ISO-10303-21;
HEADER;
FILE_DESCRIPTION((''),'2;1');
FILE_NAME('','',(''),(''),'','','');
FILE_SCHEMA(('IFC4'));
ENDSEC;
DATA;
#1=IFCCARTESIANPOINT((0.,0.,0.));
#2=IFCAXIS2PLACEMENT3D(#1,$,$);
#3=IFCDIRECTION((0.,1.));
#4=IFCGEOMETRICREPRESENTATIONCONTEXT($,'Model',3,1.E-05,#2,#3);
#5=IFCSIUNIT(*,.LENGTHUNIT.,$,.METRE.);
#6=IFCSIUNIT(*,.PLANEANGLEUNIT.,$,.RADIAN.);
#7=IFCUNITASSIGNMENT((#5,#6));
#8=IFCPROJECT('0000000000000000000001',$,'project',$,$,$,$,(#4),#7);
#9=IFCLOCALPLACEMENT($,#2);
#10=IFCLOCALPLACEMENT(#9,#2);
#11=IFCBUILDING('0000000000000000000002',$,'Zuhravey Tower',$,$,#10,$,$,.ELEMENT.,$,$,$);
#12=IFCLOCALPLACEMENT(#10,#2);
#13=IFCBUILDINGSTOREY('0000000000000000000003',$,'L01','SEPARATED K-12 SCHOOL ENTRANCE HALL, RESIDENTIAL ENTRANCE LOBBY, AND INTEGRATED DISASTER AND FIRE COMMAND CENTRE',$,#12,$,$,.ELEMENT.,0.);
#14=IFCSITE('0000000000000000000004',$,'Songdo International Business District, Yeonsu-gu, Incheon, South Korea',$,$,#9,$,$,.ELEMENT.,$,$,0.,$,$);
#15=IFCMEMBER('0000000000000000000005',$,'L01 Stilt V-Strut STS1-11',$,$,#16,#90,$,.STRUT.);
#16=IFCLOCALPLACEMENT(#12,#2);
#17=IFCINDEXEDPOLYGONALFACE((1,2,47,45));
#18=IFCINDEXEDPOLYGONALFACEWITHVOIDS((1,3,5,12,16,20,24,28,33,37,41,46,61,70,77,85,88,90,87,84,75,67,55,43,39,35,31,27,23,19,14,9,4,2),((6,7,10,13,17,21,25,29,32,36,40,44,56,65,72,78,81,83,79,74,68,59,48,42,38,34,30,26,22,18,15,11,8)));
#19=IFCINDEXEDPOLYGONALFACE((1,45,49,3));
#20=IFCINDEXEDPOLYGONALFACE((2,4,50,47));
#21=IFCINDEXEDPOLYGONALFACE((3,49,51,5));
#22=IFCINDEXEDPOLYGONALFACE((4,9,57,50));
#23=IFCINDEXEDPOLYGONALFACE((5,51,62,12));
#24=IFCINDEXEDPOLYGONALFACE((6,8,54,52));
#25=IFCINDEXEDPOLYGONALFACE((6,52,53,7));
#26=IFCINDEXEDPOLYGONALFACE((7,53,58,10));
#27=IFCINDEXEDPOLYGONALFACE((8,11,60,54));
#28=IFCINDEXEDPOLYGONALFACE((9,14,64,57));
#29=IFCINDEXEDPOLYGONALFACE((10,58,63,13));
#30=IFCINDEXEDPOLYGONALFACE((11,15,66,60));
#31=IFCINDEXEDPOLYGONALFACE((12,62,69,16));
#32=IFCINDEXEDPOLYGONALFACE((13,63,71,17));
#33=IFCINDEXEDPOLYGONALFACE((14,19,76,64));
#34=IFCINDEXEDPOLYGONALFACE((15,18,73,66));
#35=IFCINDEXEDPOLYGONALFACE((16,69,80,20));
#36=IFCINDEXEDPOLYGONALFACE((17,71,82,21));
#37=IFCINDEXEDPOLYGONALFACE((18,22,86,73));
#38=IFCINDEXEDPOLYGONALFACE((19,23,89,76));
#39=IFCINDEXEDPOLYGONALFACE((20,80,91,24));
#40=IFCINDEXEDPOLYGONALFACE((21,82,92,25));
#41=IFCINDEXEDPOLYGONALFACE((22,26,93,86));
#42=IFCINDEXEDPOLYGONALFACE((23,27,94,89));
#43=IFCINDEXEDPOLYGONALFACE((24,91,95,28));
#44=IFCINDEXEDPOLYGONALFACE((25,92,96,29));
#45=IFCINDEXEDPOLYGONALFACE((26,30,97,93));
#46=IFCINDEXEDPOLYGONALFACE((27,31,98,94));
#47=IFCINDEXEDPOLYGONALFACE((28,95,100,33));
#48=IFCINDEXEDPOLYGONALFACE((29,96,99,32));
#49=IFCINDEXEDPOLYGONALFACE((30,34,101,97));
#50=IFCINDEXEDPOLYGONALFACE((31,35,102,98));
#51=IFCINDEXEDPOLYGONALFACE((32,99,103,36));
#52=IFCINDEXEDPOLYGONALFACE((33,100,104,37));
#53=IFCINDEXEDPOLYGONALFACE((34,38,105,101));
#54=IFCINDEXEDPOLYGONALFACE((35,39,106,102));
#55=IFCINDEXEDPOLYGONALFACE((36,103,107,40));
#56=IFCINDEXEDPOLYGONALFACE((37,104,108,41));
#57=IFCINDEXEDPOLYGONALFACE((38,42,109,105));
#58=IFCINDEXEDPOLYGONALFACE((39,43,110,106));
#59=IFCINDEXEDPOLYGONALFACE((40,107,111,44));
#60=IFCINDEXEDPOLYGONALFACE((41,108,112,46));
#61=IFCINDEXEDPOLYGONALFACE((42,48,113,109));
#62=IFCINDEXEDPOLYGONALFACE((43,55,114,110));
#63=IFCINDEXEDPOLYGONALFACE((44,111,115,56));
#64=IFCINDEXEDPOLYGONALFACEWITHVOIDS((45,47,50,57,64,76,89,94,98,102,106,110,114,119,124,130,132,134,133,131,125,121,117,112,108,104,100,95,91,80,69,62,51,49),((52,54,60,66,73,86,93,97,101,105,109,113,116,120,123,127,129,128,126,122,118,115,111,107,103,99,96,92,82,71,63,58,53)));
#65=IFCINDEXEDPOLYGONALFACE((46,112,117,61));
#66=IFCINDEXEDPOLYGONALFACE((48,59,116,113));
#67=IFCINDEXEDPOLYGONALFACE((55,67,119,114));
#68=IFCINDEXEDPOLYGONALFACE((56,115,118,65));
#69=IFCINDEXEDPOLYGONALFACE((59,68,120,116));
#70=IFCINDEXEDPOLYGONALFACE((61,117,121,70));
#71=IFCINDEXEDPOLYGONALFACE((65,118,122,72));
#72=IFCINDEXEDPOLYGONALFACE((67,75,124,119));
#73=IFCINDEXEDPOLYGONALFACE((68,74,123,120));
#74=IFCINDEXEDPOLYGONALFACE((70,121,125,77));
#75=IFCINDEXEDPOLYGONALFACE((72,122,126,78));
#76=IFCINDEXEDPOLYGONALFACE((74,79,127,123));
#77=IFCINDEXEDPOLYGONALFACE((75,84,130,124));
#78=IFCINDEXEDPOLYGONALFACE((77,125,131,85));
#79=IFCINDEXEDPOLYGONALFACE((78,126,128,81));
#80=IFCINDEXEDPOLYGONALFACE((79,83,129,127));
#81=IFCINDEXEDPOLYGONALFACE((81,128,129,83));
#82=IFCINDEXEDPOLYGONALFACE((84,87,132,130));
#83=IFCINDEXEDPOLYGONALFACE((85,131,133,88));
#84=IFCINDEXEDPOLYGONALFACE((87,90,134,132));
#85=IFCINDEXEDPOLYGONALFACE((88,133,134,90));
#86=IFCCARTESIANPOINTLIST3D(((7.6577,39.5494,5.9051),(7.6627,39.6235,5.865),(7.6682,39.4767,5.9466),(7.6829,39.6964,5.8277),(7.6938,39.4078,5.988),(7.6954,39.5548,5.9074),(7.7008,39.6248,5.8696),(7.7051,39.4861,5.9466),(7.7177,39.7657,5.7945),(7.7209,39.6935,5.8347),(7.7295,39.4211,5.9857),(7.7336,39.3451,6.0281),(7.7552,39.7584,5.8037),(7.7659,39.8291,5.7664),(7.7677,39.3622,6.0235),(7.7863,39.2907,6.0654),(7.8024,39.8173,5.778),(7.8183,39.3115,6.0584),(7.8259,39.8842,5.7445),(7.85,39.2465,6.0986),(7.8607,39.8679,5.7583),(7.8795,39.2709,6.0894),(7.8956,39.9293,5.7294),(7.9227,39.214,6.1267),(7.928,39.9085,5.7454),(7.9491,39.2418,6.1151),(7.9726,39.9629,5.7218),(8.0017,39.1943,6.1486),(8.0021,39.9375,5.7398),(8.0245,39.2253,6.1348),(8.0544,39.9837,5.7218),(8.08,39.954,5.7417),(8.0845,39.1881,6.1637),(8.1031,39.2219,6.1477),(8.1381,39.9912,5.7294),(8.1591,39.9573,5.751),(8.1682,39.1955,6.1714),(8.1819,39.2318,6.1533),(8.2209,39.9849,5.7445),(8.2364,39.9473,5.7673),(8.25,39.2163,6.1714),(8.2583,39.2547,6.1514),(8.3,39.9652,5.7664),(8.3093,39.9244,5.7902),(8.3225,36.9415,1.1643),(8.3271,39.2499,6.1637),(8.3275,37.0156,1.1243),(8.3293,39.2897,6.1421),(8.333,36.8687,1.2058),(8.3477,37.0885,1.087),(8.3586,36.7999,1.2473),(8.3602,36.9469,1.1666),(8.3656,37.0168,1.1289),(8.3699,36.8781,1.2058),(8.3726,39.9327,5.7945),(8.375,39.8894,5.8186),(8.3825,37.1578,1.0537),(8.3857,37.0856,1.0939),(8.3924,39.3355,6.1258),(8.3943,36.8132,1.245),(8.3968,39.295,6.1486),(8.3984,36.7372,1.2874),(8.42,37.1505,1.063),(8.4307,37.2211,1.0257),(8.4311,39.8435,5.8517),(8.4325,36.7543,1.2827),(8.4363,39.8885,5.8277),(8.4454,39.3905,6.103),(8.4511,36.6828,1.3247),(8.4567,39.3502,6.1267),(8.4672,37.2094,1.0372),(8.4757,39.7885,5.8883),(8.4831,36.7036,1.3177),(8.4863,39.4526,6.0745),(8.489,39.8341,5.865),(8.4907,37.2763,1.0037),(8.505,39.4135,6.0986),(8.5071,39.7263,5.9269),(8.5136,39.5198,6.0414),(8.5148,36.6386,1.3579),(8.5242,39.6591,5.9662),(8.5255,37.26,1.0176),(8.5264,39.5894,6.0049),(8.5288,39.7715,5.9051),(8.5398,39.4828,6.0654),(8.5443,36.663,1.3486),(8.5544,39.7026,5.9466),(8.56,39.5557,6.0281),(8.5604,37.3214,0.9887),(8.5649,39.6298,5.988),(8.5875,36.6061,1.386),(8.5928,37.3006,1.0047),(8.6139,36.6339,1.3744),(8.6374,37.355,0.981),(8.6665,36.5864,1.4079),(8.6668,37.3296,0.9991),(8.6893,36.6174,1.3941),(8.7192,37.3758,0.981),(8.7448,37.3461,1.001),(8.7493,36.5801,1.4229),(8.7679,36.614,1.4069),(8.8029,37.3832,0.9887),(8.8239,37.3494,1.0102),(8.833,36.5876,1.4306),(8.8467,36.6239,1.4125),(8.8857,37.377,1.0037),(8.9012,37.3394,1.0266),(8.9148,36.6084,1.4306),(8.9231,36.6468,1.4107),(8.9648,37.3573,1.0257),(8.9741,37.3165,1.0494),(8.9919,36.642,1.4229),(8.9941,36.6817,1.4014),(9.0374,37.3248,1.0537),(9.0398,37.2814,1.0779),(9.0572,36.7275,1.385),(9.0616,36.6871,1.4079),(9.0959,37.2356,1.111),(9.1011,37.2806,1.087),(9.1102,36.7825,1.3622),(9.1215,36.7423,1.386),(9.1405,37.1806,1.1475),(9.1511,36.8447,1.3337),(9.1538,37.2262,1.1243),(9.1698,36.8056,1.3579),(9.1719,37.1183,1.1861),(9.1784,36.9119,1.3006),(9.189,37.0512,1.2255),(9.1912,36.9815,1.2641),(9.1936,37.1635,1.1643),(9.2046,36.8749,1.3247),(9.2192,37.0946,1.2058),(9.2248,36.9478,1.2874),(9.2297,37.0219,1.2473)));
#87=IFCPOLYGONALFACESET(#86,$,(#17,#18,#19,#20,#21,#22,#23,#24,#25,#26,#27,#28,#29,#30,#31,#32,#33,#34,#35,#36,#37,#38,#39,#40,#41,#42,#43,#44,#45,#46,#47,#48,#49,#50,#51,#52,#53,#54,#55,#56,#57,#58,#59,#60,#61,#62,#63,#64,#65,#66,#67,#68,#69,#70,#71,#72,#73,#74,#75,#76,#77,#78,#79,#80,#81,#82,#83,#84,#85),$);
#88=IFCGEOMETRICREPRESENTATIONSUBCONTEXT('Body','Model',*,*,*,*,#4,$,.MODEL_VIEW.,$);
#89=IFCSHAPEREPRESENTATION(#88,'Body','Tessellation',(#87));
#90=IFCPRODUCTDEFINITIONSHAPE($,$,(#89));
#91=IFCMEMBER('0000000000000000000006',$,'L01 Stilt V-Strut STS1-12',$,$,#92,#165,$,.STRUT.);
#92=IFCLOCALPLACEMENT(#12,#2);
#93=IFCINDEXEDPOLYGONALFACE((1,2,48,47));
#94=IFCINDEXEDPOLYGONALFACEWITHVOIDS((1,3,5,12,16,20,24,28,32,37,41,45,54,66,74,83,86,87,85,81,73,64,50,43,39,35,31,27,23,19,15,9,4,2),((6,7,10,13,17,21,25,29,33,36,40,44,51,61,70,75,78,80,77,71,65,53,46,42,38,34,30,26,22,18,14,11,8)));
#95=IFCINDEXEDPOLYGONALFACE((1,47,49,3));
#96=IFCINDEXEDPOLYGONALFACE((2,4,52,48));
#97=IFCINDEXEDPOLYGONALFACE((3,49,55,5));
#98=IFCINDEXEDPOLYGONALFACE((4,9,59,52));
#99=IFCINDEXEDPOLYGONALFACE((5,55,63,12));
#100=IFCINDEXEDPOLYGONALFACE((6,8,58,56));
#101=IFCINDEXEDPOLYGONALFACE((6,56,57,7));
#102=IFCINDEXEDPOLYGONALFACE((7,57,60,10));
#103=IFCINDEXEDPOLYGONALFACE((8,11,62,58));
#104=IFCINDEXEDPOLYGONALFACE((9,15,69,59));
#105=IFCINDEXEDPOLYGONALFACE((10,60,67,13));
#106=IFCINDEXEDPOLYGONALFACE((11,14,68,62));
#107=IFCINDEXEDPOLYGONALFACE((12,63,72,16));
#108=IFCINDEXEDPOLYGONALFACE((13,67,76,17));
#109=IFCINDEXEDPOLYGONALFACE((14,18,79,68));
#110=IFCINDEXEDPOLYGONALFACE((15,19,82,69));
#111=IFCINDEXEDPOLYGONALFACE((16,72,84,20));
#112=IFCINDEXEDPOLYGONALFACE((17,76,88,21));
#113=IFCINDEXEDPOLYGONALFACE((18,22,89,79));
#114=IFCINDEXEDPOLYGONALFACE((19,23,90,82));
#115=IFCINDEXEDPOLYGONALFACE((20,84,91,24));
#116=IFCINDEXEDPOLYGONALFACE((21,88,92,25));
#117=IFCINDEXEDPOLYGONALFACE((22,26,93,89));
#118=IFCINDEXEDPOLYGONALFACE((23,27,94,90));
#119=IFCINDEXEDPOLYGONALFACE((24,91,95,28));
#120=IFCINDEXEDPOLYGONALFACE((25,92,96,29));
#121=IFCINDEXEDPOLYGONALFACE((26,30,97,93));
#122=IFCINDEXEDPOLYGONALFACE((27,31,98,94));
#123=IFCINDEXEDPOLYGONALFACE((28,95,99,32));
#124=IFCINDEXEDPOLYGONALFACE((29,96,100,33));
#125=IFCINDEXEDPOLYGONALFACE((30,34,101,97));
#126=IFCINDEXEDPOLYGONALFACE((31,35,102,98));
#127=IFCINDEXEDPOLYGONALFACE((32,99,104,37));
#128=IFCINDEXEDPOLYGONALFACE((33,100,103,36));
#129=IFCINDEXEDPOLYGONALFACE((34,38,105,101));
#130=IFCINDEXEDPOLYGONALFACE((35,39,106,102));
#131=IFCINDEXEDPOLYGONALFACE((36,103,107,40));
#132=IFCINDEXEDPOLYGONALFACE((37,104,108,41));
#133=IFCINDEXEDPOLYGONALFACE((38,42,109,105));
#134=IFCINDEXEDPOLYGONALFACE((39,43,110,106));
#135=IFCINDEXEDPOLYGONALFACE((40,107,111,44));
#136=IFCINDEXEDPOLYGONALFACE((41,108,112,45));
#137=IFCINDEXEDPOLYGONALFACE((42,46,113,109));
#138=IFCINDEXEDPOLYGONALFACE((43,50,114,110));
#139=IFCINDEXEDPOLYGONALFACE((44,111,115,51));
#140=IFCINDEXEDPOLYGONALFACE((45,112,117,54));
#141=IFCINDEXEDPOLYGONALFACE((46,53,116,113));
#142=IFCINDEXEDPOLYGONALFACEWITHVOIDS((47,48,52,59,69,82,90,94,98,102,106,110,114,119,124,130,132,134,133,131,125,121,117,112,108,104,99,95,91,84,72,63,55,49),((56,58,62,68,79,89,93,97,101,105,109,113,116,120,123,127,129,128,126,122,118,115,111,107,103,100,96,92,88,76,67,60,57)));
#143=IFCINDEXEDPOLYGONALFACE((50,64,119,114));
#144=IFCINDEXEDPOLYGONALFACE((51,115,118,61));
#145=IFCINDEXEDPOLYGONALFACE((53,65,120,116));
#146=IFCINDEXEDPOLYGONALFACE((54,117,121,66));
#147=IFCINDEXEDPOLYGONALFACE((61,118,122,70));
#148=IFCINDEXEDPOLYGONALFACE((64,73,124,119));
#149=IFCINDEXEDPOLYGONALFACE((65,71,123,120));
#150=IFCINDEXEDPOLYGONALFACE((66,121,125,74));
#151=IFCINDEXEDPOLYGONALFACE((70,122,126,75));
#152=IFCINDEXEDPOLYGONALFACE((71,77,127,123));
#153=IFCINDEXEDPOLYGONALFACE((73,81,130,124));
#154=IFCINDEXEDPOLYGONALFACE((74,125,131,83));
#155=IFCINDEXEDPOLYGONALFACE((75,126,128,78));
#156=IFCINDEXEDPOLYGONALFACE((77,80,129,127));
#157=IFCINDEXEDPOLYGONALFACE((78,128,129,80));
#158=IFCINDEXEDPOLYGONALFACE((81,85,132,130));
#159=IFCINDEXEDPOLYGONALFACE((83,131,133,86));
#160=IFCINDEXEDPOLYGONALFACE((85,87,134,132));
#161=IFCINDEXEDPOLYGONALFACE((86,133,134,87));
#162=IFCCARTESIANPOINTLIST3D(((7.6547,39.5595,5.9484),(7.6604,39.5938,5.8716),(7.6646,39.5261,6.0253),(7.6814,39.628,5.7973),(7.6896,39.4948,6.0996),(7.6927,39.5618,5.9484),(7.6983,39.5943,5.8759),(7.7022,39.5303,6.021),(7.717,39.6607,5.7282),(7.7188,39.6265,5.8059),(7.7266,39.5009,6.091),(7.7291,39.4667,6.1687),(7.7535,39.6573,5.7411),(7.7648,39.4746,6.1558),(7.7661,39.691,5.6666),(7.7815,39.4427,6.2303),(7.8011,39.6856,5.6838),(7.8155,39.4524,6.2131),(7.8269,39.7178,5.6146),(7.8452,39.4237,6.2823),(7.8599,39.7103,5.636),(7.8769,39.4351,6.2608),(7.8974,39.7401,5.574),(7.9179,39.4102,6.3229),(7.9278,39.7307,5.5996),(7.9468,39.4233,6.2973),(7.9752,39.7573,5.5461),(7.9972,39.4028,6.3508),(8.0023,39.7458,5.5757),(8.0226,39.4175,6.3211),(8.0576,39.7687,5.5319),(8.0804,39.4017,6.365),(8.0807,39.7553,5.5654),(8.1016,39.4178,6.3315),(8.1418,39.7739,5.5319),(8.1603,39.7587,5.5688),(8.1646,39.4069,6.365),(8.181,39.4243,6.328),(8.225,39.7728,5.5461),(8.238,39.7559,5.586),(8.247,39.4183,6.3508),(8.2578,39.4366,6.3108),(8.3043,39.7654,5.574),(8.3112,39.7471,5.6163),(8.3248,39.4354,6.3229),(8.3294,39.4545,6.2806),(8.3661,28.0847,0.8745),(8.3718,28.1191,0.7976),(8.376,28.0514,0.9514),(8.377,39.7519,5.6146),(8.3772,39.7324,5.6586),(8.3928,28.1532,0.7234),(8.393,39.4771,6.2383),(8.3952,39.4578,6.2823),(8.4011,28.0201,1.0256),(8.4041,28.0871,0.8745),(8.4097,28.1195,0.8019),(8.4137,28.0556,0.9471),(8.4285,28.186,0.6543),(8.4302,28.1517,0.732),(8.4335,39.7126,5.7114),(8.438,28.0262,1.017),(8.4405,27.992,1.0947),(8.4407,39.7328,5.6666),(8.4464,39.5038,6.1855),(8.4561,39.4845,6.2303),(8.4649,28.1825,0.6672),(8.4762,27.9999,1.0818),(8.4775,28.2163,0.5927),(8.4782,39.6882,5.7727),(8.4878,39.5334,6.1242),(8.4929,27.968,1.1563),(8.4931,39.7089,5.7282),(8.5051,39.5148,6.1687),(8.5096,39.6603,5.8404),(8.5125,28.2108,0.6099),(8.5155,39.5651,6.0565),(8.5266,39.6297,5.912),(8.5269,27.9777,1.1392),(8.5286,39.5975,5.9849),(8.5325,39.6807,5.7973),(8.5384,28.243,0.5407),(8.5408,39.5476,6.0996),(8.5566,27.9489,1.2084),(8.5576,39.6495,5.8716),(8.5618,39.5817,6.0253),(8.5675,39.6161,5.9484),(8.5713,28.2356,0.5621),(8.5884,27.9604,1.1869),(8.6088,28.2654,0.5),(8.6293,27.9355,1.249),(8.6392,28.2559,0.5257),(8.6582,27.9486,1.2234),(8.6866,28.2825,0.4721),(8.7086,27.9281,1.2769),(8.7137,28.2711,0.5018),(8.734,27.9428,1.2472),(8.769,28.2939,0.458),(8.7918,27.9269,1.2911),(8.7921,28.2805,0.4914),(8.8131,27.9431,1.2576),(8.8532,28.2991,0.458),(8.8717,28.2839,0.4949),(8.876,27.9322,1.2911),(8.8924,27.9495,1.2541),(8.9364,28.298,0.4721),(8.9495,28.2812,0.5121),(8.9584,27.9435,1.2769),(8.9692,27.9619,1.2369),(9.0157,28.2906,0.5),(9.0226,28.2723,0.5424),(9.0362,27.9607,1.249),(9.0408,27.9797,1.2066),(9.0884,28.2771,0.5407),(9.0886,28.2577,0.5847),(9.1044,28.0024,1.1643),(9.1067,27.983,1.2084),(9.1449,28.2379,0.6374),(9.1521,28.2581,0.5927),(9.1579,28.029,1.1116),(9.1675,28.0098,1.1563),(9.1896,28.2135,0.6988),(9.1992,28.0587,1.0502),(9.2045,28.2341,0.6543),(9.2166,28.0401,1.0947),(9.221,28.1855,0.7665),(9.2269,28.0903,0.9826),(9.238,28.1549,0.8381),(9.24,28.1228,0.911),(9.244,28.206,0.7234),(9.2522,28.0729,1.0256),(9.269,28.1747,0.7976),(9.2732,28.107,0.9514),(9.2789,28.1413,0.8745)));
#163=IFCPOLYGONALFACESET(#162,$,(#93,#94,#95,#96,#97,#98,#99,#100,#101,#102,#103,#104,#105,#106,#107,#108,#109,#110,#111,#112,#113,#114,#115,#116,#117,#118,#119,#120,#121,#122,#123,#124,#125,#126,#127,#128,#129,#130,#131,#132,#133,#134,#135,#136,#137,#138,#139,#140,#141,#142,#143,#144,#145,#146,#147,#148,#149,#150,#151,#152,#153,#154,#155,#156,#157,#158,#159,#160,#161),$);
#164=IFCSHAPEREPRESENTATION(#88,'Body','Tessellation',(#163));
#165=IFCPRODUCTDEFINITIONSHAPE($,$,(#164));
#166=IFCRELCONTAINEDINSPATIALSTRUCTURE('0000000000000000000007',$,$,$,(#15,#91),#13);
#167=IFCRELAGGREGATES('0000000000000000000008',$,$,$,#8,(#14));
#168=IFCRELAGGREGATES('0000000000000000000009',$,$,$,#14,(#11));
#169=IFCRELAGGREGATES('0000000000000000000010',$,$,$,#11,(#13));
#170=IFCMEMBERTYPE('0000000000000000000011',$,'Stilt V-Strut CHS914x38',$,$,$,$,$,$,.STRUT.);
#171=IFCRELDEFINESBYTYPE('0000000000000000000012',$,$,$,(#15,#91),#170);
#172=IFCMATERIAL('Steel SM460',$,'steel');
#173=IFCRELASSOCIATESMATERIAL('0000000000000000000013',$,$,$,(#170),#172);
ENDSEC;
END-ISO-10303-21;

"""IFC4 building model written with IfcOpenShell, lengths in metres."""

from ifc_helpers import new_model, si_unit, direction, frame, origin, origin_2d, place, context, subcontext, project, spatial, hollow_circle, extrude, material, material_profile, profile_set, type_object, element, save


model = new_model("IFC4")

# Units and contexts
model_context = context("Model", 3, precision=1e-05, world=origin(), true_north=direction((0.0, 1.0)))
body_context = subcontext(model_context, "Body", "Model", "MODEL_VIEW")
ifc_project = project(units=[si_unit("LENGTHUNIT", "METRE"), si_unit("PLANEANGLEUNIT", "RADIAN")], contexts=[model_context])

# Site, building, storey
site_placement = place(None, origin())
site = spatial("IfcSite", under=ifc_project, at=site_placement, Name="Songdo International Business District, Yeonsu-gu, Incheon, South Korea", CompositionType="ELEMENT", RefElevation=0.0)
building_placement = place(site_placement, origin())
building = spatial("IfcBuilding", under=site, at=building_placement, Name="Zuhravey Tower", CompositionType="ELEMENT")
storey_placement = place(building_placement, origin())
storey = spatial("IfcBuildingStorey", under=building, at=storey_placement, Name="L01", Description="SEPARATED K-12 SCHOOL ENTRANCE HALL, RESIDENTIAL ENTRANCE LOBBY, AND INTEGRATED DISASTER AND FIRE COMMAND CENTRE", CompositionType="ELEMENT", Elevation=0.0)

# Shared definitions
ifc_material_1 = material(Name="Steel SM460", Category="steel")

# Members
ifc_material_profile_1 = material_profile(ifc_material_1, hollow_circle(Radius=0.4573, WallThickness=0.0381, at=origin_2d()), Name="CHS-914.4x38")
ifc_profile_set_1 = profile_set([ifc_material_profile_1], Name="Steel SM460")
member_type = type_object("IfcMemberType", Name="Stilt V-Strut CHS914x38", PredefinedType="STRUT", material=ifc_profile_set_1)
member_1_placement = place(storey_placement, frame((8.7761, 36.9817, 1.2058), z_axis=(-0.12195, 0.478394, 0.869636), x_axis=(-0.969012, -0.247015, 0.0)))
element("IfcMember", 1, at=member_1_placement, inside=storey, type_object=member_type, Name="L01 Stilt V-Strut STS1-11", PredefinedType="STRUT", context=body_context, shape_type="SweptSolid", body=[
    extrude(hollow_circle(Radius=0.4573, WallThickness=0.0381, at=origin_2d()), origin(), (0.0, 0.0, 1.0), 5.4514),
])
member_2_placement = place(storey_placement, frame((8.8225, 28.113, 0.8745), z_axis=(-0.056612, 0.913111, 0.403761), x_axis=(-0.998084, -0.06188, 0.0)))
element("IfcMember", 2, at=member_2_placement, inside=storey, type_object=member_type, Name="L01 Stilt V-Strut STS1-12", PredefinedType="STRUT", context=body_context, shape_type="SweptSolid", body=[
    extrude(hollow_circle(Radius=0.4573, WallThickness=0.0381, at=origin_2d()), origin(), (0.0, 0.0, 1.0), 12.5667),
])

save(model, "model.ifc")
